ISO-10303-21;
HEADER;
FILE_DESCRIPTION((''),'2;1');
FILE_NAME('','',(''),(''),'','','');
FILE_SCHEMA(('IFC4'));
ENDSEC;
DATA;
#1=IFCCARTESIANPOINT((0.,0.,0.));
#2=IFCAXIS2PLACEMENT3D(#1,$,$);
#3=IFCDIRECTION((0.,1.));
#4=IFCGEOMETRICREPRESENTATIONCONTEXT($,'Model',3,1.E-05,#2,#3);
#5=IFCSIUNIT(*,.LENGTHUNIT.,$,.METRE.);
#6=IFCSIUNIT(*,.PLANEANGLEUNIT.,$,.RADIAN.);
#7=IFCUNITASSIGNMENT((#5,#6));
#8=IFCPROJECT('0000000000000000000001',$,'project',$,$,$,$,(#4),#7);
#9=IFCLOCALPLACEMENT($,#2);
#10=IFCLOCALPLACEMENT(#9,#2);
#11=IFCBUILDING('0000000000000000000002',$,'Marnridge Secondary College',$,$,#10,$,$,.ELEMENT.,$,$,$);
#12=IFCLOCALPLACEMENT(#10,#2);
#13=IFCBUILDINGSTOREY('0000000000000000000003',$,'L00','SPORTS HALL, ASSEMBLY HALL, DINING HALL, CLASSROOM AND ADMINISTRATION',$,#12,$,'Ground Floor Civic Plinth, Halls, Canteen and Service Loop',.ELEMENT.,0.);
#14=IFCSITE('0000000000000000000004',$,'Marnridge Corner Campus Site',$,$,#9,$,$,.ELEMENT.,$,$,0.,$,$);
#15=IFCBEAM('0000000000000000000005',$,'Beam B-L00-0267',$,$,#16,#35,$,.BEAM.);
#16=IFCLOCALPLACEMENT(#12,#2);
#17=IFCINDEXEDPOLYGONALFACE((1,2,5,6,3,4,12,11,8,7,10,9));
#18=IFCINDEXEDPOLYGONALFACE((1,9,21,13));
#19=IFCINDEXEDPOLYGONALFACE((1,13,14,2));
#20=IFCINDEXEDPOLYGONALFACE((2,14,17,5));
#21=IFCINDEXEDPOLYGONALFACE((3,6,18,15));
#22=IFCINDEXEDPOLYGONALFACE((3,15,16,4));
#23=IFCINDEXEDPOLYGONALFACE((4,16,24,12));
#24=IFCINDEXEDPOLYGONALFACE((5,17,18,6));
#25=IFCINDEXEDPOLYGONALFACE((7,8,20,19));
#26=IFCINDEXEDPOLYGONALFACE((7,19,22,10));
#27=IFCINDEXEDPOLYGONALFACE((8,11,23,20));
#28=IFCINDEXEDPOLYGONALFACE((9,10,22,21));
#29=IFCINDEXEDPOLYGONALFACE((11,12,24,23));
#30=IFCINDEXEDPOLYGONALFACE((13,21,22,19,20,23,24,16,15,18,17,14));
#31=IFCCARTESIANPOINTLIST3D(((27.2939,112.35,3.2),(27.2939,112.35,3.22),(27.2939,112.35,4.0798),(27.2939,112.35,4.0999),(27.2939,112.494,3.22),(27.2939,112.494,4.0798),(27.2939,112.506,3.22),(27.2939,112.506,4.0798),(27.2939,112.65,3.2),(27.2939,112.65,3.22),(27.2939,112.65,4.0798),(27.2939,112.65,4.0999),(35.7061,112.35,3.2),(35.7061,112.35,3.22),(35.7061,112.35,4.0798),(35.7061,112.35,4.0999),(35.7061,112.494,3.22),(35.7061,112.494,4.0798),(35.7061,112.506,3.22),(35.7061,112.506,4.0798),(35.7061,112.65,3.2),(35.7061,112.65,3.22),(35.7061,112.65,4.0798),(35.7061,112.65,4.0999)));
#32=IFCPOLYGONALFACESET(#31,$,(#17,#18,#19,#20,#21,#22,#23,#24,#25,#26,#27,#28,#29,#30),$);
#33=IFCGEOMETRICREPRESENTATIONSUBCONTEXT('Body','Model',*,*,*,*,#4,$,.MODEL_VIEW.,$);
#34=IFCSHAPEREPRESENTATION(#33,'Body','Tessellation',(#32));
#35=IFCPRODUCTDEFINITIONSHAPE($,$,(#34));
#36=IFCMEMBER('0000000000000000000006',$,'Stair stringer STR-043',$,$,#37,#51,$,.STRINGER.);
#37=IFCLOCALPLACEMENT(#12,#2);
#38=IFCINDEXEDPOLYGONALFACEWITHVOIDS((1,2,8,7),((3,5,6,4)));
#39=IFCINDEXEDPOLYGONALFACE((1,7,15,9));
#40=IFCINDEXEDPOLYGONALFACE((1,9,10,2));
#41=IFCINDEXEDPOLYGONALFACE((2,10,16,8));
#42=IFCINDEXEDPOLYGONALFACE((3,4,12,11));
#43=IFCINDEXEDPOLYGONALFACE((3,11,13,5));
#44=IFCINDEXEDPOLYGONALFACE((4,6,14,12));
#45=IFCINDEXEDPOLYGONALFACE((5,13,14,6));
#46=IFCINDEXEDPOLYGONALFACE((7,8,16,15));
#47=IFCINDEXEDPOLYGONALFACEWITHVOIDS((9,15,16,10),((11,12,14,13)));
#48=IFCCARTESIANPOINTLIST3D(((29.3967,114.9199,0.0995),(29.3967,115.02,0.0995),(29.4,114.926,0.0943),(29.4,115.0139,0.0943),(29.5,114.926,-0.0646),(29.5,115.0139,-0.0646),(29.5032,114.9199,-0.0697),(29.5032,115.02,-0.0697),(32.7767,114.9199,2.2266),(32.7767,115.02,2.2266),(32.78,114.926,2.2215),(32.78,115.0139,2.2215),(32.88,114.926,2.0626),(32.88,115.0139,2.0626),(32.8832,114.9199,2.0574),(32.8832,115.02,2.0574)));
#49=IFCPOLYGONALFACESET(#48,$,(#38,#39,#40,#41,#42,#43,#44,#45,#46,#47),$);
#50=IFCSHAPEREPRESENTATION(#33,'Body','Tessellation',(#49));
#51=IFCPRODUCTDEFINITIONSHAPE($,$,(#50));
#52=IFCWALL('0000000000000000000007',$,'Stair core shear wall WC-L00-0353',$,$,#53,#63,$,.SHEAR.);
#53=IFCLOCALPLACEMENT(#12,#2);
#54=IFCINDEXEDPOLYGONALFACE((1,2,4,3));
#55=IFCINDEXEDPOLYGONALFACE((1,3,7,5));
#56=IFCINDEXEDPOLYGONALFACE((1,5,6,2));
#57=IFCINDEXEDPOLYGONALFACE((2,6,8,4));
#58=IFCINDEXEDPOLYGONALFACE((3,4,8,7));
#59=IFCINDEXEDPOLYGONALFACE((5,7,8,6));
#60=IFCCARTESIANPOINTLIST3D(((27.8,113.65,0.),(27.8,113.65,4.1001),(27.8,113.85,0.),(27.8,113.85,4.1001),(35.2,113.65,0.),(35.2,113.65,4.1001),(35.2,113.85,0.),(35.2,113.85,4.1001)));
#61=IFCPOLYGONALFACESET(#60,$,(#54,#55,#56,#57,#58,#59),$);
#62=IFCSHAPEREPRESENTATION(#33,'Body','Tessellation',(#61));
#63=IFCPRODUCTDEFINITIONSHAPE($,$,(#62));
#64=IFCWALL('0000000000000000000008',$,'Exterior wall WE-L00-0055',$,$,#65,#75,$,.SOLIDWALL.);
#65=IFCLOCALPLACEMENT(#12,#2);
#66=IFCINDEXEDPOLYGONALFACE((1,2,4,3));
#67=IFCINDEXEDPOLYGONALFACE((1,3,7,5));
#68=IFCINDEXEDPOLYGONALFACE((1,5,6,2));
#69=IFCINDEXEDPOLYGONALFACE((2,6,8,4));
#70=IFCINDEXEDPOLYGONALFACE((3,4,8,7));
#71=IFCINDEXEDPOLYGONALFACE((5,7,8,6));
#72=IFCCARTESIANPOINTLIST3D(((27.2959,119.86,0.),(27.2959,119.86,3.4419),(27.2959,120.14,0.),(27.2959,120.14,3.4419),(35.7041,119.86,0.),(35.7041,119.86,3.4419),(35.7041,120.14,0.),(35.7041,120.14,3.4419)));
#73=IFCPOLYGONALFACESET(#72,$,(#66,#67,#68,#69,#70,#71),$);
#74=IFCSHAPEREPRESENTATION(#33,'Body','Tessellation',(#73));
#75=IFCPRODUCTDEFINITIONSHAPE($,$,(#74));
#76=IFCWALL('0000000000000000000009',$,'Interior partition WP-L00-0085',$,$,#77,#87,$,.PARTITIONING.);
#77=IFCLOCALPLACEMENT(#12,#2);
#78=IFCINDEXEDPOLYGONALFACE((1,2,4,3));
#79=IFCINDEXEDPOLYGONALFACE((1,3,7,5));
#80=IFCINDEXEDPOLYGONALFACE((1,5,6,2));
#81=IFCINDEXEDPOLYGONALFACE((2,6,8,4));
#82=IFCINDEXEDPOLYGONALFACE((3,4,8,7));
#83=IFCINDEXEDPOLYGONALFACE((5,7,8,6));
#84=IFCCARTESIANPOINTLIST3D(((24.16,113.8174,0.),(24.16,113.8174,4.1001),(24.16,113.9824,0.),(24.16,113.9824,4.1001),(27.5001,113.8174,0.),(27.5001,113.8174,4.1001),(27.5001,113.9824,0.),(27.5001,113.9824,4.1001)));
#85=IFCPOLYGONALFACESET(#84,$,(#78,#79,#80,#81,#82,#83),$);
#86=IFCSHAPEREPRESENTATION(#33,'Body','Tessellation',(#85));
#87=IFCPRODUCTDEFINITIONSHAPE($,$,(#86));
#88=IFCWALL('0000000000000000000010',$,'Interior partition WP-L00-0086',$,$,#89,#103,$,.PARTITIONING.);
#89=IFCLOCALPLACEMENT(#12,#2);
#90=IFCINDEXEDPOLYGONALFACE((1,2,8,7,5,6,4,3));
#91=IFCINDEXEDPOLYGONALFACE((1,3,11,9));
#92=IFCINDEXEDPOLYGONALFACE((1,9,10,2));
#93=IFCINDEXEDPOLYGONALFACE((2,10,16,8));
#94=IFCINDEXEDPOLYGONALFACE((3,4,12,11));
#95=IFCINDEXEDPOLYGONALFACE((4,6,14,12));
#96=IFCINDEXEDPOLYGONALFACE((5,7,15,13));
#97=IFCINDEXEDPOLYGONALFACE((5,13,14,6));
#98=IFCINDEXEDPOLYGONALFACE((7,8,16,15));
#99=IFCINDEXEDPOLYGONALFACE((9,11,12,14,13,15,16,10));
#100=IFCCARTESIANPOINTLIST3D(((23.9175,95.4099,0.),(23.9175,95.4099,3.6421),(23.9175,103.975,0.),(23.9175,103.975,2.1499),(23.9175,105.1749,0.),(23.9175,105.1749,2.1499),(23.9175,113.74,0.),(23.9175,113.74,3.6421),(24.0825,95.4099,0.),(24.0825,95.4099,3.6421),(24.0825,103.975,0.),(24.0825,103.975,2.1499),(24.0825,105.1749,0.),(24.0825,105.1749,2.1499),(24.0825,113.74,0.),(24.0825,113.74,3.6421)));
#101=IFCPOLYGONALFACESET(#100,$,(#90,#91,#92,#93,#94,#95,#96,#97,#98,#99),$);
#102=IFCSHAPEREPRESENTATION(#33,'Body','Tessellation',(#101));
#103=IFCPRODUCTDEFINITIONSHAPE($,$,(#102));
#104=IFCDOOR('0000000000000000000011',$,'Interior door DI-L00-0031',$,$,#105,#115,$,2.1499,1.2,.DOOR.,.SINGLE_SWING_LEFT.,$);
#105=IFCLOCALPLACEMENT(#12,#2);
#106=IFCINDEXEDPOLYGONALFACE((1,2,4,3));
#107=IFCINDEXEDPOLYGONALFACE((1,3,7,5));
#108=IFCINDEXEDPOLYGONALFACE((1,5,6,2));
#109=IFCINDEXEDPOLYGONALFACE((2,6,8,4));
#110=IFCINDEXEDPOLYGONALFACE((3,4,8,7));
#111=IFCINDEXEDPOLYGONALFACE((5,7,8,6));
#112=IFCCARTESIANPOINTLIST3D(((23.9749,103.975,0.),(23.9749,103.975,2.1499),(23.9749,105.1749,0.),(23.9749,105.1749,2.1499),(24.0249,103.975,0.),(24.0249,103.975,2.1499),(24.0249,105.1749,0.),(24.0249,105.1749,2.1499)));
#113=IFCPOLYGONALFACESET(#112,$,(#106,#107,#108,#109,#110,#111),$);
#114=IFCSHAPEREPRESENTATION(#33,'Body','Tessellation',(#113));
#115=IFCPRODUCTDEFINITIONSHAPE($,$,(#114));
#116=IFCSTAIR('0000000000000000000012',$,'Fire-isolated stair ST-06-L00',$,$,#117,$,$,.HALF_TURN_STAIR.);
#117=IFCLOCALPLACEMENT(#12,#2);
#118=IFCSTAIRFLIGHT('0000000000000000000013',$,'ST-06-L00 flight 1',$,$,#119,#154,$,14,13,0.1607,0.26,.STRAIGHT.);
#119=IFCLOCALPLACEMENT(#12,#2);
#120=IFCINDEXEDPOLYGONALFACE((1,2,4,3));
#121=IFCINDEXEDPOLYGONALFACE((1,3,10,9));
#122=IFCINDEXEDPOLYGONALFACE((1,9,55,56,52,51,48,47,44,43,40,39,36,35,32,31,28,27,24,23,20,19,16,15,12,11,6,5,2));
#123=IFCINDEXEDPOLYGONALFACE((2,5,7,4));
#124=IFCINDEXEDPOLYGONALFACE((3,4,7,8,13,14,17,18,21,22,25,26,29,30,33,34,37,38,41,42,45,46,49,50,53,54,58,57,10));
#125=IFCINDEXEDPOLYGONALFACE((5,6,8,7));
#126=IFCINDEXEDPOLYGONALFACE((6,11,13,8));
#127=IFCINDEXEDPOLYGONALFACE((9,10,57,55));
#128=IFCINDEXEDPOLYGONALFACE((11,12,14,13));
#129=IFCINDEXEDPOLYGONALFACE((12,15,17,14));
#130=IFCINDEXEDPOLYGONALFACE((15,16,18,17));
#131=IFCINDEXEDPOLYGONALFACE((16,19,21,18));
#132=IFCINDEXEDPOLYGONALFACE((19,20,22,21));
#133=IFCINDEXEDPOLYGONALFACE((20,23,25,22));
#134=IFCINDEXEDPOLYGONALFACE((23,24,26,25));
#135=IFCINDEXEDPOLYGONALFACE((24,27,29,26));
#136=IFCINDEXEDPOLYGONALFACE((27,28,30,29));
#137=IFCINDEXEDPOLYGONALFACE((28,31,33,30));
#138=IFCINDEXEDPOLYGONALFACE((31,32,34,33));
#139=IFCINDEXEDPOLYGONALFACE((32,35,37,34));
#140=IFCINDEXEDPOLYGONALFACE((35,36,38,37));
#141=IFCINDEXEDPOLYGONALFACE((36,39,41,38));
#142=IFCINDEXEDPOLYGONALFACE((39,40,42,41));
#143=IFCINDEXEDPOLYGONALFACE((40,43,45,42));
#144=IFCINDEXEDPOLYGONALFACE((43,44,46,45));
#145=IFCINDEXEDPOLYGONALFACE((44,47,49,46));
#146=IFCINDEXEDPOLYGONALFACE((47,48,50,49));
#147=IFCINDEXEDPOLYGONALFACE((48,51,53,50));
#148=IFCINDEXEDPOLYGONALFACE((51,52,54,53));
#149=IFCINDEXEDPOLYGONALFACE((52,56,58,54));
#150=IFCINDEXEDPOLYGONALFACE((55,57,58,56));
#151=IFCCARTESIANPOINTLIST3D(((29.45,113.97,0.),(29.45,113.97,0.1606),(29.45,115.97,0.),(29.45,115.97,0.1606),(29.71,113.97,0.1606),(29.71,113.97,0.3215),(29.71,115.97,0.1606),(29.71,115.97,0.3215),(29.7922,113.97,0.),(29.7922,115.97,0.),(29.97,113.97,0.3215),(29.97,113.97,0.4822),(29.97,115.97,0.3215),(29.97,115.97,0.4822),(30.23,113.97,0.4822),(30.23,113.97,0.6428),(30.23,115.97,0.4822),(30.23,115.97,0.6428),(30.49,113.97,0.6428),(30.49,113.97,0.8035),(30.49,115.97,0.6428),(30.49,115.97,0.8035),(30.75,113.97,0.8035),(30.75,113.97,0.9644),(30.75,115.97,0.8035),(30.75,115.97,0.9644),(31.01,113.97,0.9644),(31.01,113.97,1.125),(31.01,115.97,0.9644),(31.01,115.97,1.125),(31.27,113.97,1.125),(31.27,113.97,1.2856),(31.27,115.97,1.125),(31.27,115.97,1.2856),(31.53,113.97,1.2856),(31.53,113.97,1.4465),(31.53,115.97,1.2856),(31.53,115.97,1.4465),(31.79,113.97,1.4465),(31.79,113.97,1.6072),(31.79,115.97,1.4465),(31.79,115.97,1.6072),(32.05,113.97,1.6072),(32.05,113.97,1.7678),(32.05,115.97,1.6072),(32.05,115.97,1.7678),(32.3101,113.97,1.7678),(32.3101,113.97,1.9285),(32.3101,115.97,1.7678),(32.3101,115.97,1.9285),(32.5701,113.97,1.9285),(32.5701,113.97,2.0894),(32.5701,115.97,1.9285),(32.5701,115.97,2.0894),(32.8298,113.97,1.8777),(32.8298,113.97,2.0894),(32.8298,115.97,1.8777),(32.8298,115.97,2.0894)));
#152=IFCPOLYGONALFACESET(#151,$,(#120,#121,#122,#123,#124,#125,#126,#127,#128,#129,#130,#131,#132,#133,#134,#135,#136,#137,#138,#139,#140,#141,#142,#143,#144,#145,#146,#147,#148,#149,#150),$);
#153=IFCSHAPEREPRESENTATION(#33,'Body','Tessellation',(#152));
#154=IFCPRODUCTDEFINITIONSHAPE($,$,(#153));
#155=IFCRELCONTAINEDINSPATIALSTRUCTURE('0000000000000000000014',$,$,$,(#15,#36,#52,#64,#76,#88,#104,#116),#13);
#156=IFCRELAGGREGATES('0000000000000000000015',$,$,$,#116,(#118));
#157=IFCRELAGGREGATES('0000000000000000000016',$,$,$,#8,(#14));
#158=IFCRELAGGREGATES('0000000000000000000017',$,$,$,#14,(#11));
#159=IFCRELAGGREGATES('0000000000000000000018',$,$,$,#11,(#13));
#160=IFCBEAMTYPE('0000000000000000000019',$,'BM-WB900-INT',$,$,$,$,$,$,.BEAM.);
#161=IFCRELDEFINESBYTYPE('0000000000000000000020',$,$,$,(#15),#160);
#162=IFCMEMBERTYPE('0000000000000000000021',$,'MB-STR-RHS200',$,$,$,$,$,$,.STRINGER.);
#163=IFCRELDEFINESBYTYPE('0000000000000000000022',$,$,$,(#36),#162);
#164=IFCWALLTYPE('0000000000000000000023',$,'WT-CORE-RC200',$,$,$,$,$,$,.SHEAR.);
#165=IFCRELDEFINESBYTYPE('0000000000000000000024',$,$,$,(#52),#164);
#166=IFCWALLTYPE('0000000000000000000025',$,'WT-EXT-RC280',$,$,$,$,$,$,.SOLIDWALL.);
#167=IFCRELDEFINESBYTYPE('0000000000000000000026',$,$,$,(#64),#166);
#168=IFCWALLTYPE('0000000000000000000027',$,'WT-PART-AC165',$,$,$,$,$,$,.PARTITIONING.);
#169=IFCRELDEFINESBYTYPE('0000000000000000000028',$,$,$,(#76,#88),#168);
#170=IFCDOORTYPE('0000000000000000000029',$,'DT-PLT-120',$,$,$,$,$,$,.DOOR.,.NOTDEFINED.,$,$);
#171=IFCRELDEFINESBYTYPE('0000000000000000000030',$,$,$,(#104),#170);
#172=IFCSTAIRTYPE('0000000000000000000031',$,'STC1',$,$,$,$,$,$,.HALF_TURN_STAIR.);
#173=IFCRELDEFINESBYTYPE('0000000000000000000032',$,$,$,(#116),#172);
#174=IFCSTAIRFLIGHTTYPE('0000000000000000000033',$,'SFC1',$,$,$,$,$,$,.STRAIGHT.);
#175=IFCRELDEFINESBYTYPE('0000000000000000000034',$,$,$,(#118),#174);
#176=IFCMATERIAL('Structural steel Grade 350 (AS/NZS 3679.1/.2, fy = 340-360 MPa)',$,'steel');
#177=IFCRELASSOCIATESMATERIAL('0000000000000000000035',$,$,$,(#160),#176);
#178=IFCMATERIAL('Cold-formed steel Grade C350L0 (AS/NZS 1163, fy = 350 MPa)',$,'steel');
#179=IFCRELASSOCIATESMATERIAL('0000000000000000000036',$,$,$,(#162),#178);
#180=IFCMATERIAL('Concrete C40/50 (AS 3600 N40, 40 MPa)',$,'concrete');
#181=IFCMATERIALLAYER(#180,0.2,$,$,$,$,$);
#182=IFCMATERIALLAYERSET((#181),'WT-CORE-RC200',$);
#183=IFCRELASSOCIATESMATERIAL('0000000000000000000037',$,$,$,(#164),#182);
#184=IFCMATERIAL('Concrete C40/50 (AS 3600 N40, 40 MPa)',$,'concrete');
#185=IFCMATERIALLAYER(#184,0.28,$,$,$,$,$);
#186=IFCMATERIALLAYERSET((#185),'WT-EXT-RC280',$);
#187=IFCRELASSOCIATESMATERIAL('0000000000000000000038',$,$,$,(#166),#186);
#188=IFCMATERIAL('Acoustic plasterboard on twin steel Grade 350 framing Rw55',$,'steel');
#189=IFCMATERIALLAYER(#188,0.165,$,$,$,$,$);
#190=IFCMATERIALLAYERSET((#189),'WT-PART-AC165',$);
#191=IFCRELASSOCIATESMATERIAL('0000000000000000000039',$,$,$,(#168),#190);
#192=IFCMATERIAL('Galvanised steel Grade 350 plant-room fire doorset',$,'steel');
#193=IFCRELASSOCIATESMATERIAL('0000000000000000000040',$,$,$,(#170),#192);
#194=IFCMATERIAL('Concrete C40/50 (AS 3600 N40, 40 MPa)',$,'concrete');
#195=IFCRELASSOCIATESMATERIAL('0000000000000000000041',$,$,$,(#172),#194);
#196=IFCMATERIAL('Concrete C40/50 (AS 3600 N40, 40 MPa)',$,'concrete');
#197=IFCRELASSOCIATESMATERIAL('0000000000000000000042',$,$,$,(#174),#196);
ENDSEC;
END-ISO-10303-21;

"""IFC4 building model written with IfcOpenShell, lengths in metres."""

from ifc_helpers import new_model, si_unit, direction, frame, frame_2d, origin, origin_2d, place, context, subcontext, project, spatial, polyline, rectangle, hollow_rectangle, i_section, outline, extrude, material, layer, layer_set, material_profile, profile_set, type_object, element, fill, aggregate, save


model = new_model("IFC4")

# Units and contexts
model_context = context("Model", 3, precision=1e-05, world=origin(), true_north=direction((0.0, 1.0)))
body_context = subcontext(model_context, "Body", "Model", "MODEL_VIEW")
ifc_project = project(units=[si_unit("LENGTHUNIT", "METRE"), si_unit("PLANEANGLEUNIT", "RADIAN")], contexts=[model_context])

# Site, building, storey
site_placement = place(None, origin())
site = spatial("IfcSite", under=ifc_project, at=site_placement, Name="Marnridge Corner Campus Site", CompositionType="ELEMENT", RefElevation=0.0)
building_placement = place(site_placement, origin())
building = spatial("IfcBuilding", under=site, at=building_placement, Name="Marnridge Secondary College", CompositionType="ELEMENT")
storey_placement = place(building_placement, origin())
storey = spatial("IfcBuildingStorey", under=building, at=storey_placement, Name="L00", Description="SPORTS HALL, ASSEMBLY HALL, DINING HALL, CLASSROOM AND ADMINISTRATION", LongName="Ground Floor Civic Plinth, Halls, Canteen and Service Loop", CompositionType="ELEMENT", Elevation=0.0)

# Beam
ifc_material_1 = material(Name="Structural steel Grade 350 (AS/NZS 3679.1/.2, fy = 340-360 MPa)", Category="steel")
ifc_material_profile_1 = material_profile(ifc_material_1, i_section(OverallWidth=0.3, OverallDepth=0.8999, WebThickness=0.012, FlangeThickness=0.02, at=origin_2d()), Name="900WB175")
ifc_profile_set_1 = profile_set([ifc_material_profile_1], Name="Structural steel Grade 350 (AS/NZS 3679.1/.2, fy = 340-360 MPa)")
beam_type_1 = type_object("IfcBeamType", Name="BM-WB900-INT", PredefinedType="BEAM", material=ifc_profile_set_1)
beam_1_placement = place(storey_placement, frame((27.2939, 112.5, 3.6499), z_axis=(1.0, 0.0, 0.0), x_axis=(0.0, 1.0, 0.0)))
element("IfcBeam", 1, at=beam_1_placement, inside=storey, type_object=beam_type_1, Name="Beam B-L00-0267", PredefinedType="BEAM", context=body_context, shape_type="SweptSolid", body=[
    extrude(i_section(OverallWidth=0.3, OverallDepth=0.8999, WebThickness=0.012, FlangeThickness=0.02, at=origin_2d()), origin(), (0.0, 0.0, 1.0), 8.4121),
])

# Member
ifc_material_2 = material(Name="Cold-formed steel Grade C350L0 (AS/NZS 1163, fy = 350 MPa)", Category="steel")
ifc_material_profile_2 = material_profile(ifc_material_2, hollow_rectangle(XDim=0.1001, YDim=0.2, WallThickness=0.0061, at=origin_2d()), Name="200x100x6.0RHS")
ifc_profile_set_2 = profile_set([ifc_material_profile_2], Name="Cold-formed steel Grade C350L0 (AS/NZS 1163, fy = 350 MPa)")
member_type = type_object("IfcMemberType", Name="MB-STR-RHS200", PredefinedType="STRINGER", material=ifc_profile_set_2)
member_placement = place(storey_placement, frame((29.45, 114.97, 0.0149), z_axis=(0.846349, 0.0, 0.532628), x_axis=(0.0, 1.0, 0.0)))
element("IfcMember", 2, at=member_placement, inside=storey, type_object=member_type, Name="Stair stringer STR-043", PredefinedType="STRINGER", context=body_context, shape_type="SweptSolid", body=[
    extrude(hollow_rectangle(XDim=0.1001, YDim=0.2, WallThickness=0.0061, at=origin_2d()), origin(), (0.0, 0.0, 1.0), 3.9937),
])

# Wall
ifc_material_3 = material(Name="Concrete C40/50 (AS 3600 N40, 40 MPa)", Category="concrete")
ifc_layer_1 = layer(ifc_material_3, 0.2)
ifc_layer_set_1 = layer_set([ifc_layer_1], Name="WT-CORE-RC200")
wall_type_1 = type_object("IfcWallType", Name="WT-CORE-RC200", PredefinedType="SHEAR", material=ifc_layer_set_1)
wall_1_placement = place(storey_placement, frame((27.8, 113.75, 0.0), z_axis=(0.0, 0.0, 1.0), x_axis=(1.0, 0.0, 0.0)))
element("IfcWall", 3, at=wall_1_placement, inside=storey, type_object=wall_type_1, Name="Stair core shear wall WC-L00-0353", PredefinedType="SHEAR", context=body_context, shape_type="SweptSolid", body=[
    extrude(rectangle(XDim=7.3999, YDim=0.2, at=frame_2d((3.7, 0.0))), origin(), (0.0, 0.0, 1.0), 4.1001),
])

# Walls
ifc_material_4 = material(Name="Concrete C40/50 (AS 3600 N40, 40 MPa)", Category="concrete")
ifc_layer_2 = layer(ifc_material_4, 0.28)
ifc_layer_set_2 = layer_set([ifc_layer_2], Name="WT-EXT-RC280")
wall_type_2 = type_object("IfcWallType", Name="WT-EXT-RC280", PredefinedType="SOLIDWALL", material=ifc_layer_set_2)
wall_2_placement = place(storey_placement, frame((27.2959, 120.0, 0.0), z_axis=(0.0, 0.0, 1.0), x_axis=(1.0, 0.0, 0.0)))
element("IfcWall", 4, at=wall_2_placement, inside=storey, type_object=wall_type_2, Name="Exterior wall WE-L00-0055", PredefinedType="SOLIDWALL", context=body_context, shape_type="SweptSolid", body=[
    extrude(rectangle(XDim=8.4082, YDim=0.28, at=frame_2d((4.2041, 0.0))), origin(), (0.0, 0.0, 1.0), 3.4419),
])
ifc_material_5 = material(Name="Acoustic plasterboard on twin steel Grade 350 framing Rw55", Category="steel")
ifc_layer_3 = layer(ifc_material_5, 0.165)
ifc_layer_set_3 = layer_set([ifc_layer_3], Name="WT-PART-AC165")
wall_type_3 = type_object("IfcWallType", Name="WT-PART-AC165", PredefinedType="PARTITIONING", material=ifc_layer_set_3)
wall_3_placement = place(storey_placement, frame((27.5, 113.8999, 0.0), z_axis=(0.0, 0.0, 1.0), x_axis=(-1.0, 0.0, 0.0)))
element("IfcWall", 5, at=wall_3_placement, inside=storey, type_object=wall_type_3, Name="Interior partition WP-L00-0085", PredefinedType="PARTITIONING", context=body_context, shape_type="SweptSolid", body=[
    extrude(rectangle(XDim=3.3401, YDim=0.165, at=frame_2d((1.6699, 0.0))), origin(), (0.0, 0.0, 1.0), 4.1001),
])

# Wall, opening, door
wall_4_placement = place(storey_placement, frame((24.0, 113.74, 0.0), z_axis=(0.0, 0.0, 1.0), x_axis=(0.0, -1.0, 0.0)))
wall_4 = element("IfcWall", 6, at=wall_4_placement, inside=storey, type_object=wall_type_3, Name="Interior partition WP-L00-0086", PredefinedType="PARTITIONING", context=body_context, shape_type="SweptSolid", body=[
    extrude(rectangle(XDim=18.3301, YDim=0.165, at=frame_2d((9.165, 0.0))), origin(), (0.0, 0.0, 1.0), 3.6421),
])
opening_1_placement = place(wall_4_placement, frame((8.5649, 0.0, 0.0)))
opening_1 = element("IfcOpeningElement", 7, at=opening_1_placement, cuts=wall_4, PredefinedType="OPENING", context=body_context, shape_type="SweptSolid", body=[
    extrude(rectangle(XDim=1.2, YDim=2.1499, at=frame_2d((0.6001, 1.075))), frame((0.0, 0.0925, 0.0), z_axis=(0.0, -1.0, 0.0), x_axis=(1.0, 0.0, 0.0)), (0.0, 0.0, 1.0), 0.1851),
])
ifc_material_6 = material(Name="Galvanised steel Grade 350 plant-room fire doorset", Category="steel")
door_type_1 = type_object("IfcDoorType", Name="DT-PLT-120", OperationType="NOTDEFINED", PredefinedType="DOOR", material=ifc_material_6)
door_1_placement = place(opening_1_placement, origin())
door_1 = element("IfcDoor", 8, at=door_1_placement, inside=storey, type_object=door_type_1, Name="Interior door DI-L00-0031", OperationType="SINGLE_SWING_LEFT", OverallHeight=2.1499, OverallWidth=1.2, PredefinedType="DOOR", context=body_context, shape_type="SweptSolid", body=[
    extrude(rectangle(XDim=1.2, YDim=2.1499, at=frame_2d((0.6001, 1.075))), frame((0.0, 0.0249, 0.0), z_axis=(0.0, -1.0, 0.0), x_axis=(1.0, 0.0, 0.0)), (0.0, 0.0, 1.0), 0.05),
])
fill(opening_1, door_1)

# Stair, stair flight
ifc_material_7 = material(Name="Concrete C40/50 (AS 3600 N40, 40 MPa)", Category="concrete")
stair_type = type_object("IfcStairType", Name="STC1", PredefinedType="HALF_TURN_STAIR", material=ifc_material_7)
stair_placement = place(storey_placement, origin())
stair = element("IfcStair", 9, at=stair_placement, inside=storey, type_object=stair_type, Name="Fire-isolated stair ST-06-L00", PredefinedType="HALF_TURN_STAIR")
ifc_material_8 = material(Name="Concrete C40/50 (AS 3600 N40, 40 MPa)", Category="concrete")
stair_flight_type = type_object("IfcStairFlightType", Name="SFC1", PredefinedType="STRAIGHT", material=ifc_material_8)
stair_flight_placement = place(storey_placement, frame((29.45, 114.97, 0.0), z_axis=(0.0, 0.0, 1.0), x_axis=(1.0, 0.0, 0.0)))
stair_flight = element("IfcStairFlight", 10, at=stair_flight_placement, type_object=stair_flight_type, Name="ST-06-L00 flight 1", NumberOfRisers=14, NumberOfTreads=13, PredefinedType="STRAIGHT", RiserHeight=0.1607, TreadLength=0.26, context=body_context, shape_type="SweptSolid", body=[
    extrude(outline(polyline([(0.0, 0.0), (0.0, 0.1606), (0.26, 0.1606), (0.26, 0.3215), (0.52, 0.3215), (0.52, 0.4822), (0.78, 0.4822), (0.78, 0.6428), (1.04, 0.6428), (1.04, 0.8035), (1.3, 0.8035), (1.3, 0.9644), (1.5601, 0.9644), (1.5601, 1.125), (1.8201, 1.125), (1.8201, 1.2856), (2.0801, 1.2856), (2.0801, 1.4465), (2.3401, 1.4465), (2.3401, 1.6072), (2.6001, 1.6072), (2.6001, 1.7678), (2.8601, 1.7678), (2.8601, 1.9285), (3.1201, 1.9285), (3.1201, 2.0894), (3.3799, 2.0894), (3.3799, 2.25), (3.3799, 1.8777), (0.3423, 0.0), (0.0, 0.0)])), frame((0.0, 1.0, 0.0), z_axis=(0.0, -1.0, 0.0), x_axis=(1.0, 0.0, 0.0)), (0.0, 0.0, 1.0), 2.0),
])
aggregate(stair, [stair_flight])

save(model, "model.ifc")
